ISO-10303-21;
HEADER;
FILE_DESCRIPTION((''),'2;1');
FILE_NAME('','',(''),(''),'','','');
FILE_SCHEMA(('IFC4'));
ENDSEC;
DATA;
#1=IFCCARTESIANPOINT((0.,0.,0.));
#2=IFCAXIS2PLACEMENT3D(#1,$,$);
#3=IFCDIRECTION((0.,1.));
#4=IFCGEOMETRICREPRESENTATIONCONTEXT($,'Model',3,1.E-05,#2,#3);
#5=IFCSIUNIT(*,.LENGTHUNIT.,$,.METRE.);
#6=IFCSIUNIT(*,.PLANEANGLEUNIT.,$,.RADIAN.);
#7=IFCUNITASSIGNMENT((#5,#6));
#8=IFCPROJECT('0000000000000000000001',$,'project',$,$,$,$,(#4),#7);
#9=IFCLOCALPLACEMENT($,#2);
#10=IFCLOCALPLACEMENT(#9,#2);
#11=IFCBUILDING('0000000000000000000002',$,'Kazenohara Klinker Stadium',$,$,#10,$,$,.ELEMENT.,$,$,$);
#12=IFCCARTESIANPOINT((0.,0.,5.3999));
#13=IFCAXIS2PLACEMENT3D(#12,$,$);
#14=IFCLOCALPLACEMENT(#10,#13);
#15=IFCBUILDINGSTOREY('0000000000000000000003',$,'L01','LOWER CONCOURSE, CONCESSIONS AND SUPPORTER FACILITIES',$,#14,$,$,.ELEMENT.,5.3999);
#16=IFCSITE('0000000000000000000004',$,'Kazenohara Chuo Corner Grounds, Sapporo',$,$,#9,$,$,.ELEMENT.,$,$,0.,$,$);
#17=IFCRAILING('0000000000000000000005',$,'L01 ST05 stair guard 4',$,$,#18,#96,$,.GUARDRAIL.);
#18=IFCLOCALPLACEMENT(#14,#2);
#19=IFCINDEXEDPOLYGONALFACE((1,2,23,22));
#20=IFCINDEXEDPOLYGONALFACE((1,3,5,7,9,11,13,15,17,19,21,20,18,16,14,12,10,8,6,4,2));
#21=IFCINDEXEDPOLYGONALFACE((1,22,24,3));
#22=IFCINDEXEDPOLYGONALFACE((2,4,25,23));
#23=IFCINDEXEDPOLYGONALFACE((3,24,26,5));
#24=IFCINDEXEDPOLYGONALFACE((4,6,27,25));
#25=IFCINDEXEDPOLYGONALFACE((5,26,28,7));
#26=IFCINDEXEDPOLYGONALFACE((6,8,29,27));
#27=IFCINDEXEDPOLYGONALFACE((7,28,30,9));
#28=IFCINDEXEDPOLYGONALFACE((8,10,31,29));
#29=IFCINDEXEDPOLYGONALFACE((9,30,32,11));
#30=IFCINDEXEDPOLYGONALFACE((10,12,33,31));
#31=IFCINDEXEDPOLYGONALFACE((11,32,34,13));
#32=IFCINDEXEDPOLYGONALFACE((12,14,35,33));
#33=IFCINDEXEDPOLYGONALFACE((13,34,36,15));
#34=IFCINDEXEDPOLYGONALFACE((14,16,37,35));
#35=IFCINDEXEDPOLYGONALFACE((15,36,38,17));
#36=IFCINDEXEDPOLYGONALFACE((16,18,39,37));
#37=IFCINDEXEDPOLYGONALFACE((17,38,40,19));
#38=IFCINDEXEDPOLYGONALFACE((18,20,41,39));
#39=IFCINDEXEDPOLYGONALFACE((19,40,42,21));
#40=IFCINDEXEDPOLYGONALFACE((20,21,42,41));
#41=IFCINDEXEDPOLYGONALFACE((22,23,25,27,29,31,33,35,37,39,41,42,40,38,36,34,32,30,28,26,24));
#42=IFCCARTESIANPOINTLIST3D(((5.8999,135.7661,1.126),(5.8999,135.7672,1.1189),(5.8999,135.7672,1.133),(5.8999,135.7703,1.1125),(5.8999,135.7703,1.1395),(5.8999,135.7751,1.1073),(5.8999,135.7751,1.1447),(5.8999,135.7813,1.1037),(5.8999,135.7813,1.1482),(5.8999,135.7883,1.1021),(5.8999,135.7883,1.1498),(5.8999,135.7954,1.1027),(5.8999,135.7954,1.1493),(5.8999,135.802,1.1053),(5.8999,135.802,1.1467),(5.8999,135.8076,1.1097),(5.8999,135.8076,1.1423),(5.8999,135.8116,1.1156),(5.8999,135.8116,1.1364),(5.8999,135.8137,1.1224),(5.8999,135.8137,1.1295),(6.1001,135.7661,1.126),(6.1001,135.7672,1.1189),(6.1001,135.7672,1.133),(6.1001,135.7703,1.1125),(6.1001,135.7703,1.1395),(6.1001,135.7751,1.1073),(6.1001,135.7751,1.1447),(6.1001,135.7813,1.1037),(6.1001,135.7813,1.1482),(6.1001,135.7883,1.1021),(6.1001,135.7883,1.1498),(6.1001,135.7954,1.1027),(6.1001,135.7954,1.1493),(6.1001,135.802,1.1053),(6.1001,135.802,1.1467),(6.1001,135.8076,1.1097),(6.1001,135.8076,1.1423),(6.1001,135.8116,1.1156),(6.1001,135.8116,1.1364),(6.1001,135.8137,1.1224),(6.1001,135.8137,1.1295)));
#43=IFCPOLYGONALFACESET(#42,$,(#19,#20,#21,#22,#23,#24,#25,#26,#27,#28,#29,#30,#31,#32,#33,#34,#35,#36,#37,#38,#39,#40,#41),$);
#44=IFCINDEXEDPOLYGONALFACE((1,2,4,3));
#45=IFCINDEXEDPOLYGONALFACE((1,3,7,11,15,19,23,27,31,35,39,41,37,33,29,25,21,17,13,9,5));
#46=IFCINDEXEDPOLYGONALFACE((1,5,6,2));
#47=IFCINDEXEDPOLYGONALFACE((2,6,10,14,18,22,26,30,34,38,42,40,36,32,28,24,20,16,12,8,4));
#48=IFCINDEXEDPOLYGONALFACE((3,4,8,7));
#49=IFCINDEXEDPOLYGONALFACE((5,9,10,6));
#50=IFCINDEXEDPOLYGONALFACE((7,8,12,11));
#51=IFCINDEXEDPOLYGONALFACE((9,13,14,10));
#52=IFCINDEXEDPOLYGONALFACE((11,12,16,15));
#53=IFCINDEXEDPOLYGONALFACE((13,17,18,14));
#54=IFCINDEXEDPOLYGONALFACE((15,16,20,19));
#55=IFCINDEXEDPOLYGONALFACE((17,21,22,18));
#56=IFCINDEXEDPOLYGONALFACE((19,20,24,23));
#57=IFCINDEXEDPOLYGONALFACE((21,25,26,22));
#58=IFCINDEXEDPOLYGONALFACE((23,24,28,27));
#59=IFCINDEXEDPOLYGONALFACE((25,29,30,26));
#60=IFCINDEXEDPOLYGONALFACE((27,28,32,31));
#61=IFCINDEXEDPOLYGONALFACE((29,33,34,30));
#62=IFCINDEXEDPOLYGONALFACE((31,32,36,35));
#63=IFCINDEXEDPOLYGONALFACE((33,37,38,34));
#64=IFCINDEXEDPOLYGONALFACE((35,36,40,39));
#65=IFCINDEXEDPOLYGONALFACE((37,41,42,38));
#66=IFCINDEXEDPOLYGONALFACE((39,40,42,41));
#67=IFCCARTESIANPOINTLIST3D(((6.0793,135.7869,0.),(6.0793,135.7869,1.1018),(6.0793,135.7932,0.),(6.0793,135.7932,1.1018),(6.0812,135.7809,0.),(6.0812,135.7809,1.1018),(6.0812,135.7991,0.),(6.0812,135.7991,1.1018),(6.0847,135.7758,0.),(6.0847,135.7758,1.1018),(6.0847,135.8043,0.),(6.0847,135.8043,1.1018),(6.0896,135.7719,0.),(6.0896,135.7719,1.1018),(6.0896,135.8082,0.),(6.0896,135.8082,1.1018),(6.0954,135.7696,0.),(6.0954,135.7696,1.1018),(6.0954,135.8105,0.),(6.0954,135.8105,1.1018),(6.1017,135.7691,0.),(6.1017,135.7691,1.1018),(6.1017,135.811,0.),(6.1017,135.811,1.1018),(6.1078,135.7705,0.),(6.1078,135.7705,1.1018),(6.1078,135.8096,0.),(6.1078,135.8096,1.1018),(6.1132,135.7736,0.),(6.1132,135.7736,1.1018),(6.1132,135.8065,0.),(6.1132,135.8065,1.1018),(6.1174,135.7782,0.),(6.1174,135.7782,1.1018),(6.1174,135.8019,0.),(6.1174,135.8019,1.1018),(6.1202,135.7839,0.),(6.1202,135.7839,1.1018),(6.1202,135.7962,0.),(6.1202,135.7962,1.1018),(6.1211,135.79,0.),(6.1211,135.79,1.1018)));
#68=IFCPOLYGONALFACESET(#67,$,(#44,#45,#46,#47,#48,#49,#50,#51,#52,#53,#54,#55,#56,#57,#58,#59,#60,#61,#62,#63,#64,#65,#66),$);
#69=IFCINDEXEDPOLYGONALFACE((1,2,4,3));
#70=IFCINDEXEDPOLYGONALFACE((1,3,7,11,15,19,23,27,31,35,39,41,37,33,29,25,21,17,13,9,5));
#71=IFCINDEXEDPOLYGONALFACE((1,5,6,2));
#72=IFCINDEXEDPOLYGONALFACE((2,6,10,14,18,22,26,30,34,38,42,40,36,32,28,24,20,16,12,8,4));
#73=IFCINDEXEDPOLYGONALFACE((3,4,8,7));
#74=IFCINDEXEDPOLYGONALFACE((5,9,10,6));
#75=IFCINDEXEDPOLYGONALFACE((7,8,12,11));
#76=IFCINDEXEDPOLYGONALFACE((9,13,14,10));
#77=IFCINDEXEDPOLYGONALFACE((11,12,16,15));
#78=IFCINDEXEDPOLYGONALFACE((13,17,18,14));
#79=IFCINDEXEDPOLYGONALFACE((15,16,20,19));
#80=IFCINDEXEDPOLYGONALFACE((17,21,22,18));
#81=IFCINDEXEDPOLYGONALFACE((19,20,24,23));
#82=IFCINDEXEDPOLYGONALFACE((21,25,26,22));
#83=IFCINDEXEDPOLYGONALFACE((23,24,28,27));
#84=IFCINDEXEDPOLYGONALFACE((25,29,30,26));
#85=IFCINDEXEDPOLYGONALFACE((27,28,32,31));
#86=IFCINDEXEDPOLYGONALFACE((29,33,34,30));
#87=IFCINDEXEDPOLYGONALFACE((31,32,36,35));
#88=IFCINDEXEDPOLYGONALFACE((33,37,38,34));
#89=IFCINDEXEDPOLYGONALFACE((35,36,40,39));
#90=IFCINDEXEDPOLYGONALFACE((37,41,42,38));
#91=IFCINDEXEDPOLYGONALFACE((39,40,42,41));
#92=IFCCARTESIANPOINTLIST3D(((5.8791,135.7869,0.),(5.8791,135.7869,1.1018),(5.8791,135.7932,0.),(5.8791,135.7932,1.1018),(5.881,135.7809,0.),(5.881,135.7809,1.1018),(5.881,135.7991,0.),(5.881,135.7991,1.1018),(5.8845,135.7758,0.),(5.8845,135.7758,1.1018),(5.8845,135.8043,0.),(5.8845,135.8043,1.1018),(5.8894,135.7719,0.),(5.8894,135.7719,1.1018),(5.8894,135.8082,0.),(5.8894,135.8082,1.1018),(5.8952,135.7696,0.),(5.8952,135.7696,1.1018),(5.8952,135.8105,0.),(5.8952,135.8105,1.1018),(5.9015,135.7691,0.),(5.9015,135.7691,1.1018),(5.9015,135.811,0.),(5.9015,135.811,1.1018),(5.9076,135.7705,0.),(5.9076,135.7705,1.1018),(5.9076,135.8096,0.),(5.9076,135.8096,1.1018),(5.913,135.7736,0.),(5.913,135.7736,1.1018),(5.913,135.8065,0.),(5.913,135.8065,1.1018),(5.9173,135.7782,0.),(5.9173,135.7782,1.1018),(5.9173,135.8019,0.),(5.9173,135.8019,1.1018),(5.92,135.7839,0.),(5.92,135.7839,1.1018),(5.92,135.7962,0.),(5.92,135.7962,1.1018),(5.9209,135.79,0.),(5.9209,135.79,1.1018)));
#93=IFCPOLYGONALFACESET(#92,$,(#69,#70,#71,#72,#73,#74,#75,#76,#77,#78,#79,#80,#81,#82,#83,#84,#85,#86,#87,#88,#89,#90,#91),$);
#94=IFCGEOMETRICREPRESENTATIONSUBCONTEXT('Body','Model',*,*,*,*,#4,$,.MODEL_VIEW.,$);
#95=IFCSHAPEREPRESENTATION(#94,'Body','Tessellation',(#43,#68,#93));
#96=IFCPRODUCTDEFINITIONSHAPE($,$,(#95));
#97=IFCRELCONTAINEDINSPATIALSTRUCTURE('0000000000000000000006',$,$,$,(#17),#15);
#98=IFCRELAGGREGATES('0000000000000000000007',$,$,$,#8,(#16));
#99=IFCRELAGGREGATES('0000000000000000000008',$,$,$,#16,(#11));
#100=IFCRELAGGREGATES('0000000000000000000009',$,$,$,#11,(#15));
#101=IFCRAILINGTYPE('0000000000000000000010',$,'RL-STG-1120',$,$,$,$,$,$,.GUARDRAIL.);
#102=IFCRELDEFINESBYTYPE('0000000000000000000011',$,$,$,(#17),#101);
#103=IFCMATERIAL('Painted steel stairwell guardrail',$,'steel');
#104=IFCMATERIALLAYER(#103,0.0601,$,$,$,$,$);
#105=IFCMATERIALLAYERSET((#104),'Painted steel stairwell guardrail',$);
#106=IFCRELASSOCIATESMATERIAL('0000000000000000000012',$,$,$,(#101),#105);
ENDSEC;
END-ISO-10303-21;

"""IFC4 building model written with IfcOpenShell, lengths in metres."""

from ifc_helpers import new_model, si_unit, direction, frame, origin, origin_2d, place, context, subcontext, project, spatial, circle, extrude, material, layer, layer_set, type_object, element, save


model = new_model("IFC4")

# Units and contexts
model_context = context("Model", 3, precision=1e-05, world=origin(), true_north=direction((0.0, 1.0)))
body_context = subcontext(model_context, "Body", "Model", "MODEL_VIEW")
ifc_project = project(units=[si_unit("LENGTHUNIT", "METRE"), si_unit("PLANEANGLEUNIT", "RADIAN")], contexts=[model_context])

# Site, building, storey
site_placement = place(None, origin())
site = spatial("IfcSite", under=ifc_project, at=site_placement, Name="Kazenohara Chuo Corner Grounds, Sapporo", CompositionType="ELEMENT", RefElevation=0.0)
building_placement = place(site_placement, origin())
building = spatial("IfcBuilding", under=site, at=building_placement, Name="Kazenohara Klinker Stadium", CompositionType="ELEMENT")
storey_placement = place(building_placement, frame((0.0, 0.0, 5.3999)))
storey = spatial("IfcBuildingStorey", under=building, at=storey_placement, Name="L01", Description="LOWER CONCOURSE, CONCESSIONS AND SUPPORTER FACILITIES", CompositionType="ELEMENT", Elevation=5.3999)

# Railing
ifc_material_1 = material(Name="Painted steel stairwell guardrail", Category="steel")
ifc_layer_1 = layer(ifc_material_1, 0.0601)
ifc_layer_set_1 = layer_set([ifc_layer_1], Name="Painted steel stairwell guardrail")
railing_type_1 = type_object("IfcRailingType", Name="RL-STG-1120", PredefinedType="GUARDRAIL", material=ifc_layer_set_1)
railing_1_placement = place(storey_placement, frame((6.1001, 135.79, 0.0)))
element("IfcRailing", 1, at=railing_1_placement, inside=storey, type_object=railing_type_1, Name="L01 ST05 stair guard 4", PredefinedType="GUARDRAIL", context=body_context, shape_type="SweptSolid", body=[
    extrude(circle(Radius=0.0239, at=origin_2d()), frame((0.0, 0.0, 1.126), z_axis=(-1.0, 0.0, 0.0), x_axis=(0.0, -1.0, 0.0)), (0.0, 0.0, 1.0), 0.2002),
    extrude(circle(Radius=0.021, at=origin_2d()), origin(), (0.0, 0.0, 1.0), 1.1018),
    extrude(circle(Radius=0.021, at=origin_2d()), frame((-0.2002, 0.0, 0.0)), (0.0, 0.0, 1.0), 1.1018),
])

save(model, "model.ifc")
